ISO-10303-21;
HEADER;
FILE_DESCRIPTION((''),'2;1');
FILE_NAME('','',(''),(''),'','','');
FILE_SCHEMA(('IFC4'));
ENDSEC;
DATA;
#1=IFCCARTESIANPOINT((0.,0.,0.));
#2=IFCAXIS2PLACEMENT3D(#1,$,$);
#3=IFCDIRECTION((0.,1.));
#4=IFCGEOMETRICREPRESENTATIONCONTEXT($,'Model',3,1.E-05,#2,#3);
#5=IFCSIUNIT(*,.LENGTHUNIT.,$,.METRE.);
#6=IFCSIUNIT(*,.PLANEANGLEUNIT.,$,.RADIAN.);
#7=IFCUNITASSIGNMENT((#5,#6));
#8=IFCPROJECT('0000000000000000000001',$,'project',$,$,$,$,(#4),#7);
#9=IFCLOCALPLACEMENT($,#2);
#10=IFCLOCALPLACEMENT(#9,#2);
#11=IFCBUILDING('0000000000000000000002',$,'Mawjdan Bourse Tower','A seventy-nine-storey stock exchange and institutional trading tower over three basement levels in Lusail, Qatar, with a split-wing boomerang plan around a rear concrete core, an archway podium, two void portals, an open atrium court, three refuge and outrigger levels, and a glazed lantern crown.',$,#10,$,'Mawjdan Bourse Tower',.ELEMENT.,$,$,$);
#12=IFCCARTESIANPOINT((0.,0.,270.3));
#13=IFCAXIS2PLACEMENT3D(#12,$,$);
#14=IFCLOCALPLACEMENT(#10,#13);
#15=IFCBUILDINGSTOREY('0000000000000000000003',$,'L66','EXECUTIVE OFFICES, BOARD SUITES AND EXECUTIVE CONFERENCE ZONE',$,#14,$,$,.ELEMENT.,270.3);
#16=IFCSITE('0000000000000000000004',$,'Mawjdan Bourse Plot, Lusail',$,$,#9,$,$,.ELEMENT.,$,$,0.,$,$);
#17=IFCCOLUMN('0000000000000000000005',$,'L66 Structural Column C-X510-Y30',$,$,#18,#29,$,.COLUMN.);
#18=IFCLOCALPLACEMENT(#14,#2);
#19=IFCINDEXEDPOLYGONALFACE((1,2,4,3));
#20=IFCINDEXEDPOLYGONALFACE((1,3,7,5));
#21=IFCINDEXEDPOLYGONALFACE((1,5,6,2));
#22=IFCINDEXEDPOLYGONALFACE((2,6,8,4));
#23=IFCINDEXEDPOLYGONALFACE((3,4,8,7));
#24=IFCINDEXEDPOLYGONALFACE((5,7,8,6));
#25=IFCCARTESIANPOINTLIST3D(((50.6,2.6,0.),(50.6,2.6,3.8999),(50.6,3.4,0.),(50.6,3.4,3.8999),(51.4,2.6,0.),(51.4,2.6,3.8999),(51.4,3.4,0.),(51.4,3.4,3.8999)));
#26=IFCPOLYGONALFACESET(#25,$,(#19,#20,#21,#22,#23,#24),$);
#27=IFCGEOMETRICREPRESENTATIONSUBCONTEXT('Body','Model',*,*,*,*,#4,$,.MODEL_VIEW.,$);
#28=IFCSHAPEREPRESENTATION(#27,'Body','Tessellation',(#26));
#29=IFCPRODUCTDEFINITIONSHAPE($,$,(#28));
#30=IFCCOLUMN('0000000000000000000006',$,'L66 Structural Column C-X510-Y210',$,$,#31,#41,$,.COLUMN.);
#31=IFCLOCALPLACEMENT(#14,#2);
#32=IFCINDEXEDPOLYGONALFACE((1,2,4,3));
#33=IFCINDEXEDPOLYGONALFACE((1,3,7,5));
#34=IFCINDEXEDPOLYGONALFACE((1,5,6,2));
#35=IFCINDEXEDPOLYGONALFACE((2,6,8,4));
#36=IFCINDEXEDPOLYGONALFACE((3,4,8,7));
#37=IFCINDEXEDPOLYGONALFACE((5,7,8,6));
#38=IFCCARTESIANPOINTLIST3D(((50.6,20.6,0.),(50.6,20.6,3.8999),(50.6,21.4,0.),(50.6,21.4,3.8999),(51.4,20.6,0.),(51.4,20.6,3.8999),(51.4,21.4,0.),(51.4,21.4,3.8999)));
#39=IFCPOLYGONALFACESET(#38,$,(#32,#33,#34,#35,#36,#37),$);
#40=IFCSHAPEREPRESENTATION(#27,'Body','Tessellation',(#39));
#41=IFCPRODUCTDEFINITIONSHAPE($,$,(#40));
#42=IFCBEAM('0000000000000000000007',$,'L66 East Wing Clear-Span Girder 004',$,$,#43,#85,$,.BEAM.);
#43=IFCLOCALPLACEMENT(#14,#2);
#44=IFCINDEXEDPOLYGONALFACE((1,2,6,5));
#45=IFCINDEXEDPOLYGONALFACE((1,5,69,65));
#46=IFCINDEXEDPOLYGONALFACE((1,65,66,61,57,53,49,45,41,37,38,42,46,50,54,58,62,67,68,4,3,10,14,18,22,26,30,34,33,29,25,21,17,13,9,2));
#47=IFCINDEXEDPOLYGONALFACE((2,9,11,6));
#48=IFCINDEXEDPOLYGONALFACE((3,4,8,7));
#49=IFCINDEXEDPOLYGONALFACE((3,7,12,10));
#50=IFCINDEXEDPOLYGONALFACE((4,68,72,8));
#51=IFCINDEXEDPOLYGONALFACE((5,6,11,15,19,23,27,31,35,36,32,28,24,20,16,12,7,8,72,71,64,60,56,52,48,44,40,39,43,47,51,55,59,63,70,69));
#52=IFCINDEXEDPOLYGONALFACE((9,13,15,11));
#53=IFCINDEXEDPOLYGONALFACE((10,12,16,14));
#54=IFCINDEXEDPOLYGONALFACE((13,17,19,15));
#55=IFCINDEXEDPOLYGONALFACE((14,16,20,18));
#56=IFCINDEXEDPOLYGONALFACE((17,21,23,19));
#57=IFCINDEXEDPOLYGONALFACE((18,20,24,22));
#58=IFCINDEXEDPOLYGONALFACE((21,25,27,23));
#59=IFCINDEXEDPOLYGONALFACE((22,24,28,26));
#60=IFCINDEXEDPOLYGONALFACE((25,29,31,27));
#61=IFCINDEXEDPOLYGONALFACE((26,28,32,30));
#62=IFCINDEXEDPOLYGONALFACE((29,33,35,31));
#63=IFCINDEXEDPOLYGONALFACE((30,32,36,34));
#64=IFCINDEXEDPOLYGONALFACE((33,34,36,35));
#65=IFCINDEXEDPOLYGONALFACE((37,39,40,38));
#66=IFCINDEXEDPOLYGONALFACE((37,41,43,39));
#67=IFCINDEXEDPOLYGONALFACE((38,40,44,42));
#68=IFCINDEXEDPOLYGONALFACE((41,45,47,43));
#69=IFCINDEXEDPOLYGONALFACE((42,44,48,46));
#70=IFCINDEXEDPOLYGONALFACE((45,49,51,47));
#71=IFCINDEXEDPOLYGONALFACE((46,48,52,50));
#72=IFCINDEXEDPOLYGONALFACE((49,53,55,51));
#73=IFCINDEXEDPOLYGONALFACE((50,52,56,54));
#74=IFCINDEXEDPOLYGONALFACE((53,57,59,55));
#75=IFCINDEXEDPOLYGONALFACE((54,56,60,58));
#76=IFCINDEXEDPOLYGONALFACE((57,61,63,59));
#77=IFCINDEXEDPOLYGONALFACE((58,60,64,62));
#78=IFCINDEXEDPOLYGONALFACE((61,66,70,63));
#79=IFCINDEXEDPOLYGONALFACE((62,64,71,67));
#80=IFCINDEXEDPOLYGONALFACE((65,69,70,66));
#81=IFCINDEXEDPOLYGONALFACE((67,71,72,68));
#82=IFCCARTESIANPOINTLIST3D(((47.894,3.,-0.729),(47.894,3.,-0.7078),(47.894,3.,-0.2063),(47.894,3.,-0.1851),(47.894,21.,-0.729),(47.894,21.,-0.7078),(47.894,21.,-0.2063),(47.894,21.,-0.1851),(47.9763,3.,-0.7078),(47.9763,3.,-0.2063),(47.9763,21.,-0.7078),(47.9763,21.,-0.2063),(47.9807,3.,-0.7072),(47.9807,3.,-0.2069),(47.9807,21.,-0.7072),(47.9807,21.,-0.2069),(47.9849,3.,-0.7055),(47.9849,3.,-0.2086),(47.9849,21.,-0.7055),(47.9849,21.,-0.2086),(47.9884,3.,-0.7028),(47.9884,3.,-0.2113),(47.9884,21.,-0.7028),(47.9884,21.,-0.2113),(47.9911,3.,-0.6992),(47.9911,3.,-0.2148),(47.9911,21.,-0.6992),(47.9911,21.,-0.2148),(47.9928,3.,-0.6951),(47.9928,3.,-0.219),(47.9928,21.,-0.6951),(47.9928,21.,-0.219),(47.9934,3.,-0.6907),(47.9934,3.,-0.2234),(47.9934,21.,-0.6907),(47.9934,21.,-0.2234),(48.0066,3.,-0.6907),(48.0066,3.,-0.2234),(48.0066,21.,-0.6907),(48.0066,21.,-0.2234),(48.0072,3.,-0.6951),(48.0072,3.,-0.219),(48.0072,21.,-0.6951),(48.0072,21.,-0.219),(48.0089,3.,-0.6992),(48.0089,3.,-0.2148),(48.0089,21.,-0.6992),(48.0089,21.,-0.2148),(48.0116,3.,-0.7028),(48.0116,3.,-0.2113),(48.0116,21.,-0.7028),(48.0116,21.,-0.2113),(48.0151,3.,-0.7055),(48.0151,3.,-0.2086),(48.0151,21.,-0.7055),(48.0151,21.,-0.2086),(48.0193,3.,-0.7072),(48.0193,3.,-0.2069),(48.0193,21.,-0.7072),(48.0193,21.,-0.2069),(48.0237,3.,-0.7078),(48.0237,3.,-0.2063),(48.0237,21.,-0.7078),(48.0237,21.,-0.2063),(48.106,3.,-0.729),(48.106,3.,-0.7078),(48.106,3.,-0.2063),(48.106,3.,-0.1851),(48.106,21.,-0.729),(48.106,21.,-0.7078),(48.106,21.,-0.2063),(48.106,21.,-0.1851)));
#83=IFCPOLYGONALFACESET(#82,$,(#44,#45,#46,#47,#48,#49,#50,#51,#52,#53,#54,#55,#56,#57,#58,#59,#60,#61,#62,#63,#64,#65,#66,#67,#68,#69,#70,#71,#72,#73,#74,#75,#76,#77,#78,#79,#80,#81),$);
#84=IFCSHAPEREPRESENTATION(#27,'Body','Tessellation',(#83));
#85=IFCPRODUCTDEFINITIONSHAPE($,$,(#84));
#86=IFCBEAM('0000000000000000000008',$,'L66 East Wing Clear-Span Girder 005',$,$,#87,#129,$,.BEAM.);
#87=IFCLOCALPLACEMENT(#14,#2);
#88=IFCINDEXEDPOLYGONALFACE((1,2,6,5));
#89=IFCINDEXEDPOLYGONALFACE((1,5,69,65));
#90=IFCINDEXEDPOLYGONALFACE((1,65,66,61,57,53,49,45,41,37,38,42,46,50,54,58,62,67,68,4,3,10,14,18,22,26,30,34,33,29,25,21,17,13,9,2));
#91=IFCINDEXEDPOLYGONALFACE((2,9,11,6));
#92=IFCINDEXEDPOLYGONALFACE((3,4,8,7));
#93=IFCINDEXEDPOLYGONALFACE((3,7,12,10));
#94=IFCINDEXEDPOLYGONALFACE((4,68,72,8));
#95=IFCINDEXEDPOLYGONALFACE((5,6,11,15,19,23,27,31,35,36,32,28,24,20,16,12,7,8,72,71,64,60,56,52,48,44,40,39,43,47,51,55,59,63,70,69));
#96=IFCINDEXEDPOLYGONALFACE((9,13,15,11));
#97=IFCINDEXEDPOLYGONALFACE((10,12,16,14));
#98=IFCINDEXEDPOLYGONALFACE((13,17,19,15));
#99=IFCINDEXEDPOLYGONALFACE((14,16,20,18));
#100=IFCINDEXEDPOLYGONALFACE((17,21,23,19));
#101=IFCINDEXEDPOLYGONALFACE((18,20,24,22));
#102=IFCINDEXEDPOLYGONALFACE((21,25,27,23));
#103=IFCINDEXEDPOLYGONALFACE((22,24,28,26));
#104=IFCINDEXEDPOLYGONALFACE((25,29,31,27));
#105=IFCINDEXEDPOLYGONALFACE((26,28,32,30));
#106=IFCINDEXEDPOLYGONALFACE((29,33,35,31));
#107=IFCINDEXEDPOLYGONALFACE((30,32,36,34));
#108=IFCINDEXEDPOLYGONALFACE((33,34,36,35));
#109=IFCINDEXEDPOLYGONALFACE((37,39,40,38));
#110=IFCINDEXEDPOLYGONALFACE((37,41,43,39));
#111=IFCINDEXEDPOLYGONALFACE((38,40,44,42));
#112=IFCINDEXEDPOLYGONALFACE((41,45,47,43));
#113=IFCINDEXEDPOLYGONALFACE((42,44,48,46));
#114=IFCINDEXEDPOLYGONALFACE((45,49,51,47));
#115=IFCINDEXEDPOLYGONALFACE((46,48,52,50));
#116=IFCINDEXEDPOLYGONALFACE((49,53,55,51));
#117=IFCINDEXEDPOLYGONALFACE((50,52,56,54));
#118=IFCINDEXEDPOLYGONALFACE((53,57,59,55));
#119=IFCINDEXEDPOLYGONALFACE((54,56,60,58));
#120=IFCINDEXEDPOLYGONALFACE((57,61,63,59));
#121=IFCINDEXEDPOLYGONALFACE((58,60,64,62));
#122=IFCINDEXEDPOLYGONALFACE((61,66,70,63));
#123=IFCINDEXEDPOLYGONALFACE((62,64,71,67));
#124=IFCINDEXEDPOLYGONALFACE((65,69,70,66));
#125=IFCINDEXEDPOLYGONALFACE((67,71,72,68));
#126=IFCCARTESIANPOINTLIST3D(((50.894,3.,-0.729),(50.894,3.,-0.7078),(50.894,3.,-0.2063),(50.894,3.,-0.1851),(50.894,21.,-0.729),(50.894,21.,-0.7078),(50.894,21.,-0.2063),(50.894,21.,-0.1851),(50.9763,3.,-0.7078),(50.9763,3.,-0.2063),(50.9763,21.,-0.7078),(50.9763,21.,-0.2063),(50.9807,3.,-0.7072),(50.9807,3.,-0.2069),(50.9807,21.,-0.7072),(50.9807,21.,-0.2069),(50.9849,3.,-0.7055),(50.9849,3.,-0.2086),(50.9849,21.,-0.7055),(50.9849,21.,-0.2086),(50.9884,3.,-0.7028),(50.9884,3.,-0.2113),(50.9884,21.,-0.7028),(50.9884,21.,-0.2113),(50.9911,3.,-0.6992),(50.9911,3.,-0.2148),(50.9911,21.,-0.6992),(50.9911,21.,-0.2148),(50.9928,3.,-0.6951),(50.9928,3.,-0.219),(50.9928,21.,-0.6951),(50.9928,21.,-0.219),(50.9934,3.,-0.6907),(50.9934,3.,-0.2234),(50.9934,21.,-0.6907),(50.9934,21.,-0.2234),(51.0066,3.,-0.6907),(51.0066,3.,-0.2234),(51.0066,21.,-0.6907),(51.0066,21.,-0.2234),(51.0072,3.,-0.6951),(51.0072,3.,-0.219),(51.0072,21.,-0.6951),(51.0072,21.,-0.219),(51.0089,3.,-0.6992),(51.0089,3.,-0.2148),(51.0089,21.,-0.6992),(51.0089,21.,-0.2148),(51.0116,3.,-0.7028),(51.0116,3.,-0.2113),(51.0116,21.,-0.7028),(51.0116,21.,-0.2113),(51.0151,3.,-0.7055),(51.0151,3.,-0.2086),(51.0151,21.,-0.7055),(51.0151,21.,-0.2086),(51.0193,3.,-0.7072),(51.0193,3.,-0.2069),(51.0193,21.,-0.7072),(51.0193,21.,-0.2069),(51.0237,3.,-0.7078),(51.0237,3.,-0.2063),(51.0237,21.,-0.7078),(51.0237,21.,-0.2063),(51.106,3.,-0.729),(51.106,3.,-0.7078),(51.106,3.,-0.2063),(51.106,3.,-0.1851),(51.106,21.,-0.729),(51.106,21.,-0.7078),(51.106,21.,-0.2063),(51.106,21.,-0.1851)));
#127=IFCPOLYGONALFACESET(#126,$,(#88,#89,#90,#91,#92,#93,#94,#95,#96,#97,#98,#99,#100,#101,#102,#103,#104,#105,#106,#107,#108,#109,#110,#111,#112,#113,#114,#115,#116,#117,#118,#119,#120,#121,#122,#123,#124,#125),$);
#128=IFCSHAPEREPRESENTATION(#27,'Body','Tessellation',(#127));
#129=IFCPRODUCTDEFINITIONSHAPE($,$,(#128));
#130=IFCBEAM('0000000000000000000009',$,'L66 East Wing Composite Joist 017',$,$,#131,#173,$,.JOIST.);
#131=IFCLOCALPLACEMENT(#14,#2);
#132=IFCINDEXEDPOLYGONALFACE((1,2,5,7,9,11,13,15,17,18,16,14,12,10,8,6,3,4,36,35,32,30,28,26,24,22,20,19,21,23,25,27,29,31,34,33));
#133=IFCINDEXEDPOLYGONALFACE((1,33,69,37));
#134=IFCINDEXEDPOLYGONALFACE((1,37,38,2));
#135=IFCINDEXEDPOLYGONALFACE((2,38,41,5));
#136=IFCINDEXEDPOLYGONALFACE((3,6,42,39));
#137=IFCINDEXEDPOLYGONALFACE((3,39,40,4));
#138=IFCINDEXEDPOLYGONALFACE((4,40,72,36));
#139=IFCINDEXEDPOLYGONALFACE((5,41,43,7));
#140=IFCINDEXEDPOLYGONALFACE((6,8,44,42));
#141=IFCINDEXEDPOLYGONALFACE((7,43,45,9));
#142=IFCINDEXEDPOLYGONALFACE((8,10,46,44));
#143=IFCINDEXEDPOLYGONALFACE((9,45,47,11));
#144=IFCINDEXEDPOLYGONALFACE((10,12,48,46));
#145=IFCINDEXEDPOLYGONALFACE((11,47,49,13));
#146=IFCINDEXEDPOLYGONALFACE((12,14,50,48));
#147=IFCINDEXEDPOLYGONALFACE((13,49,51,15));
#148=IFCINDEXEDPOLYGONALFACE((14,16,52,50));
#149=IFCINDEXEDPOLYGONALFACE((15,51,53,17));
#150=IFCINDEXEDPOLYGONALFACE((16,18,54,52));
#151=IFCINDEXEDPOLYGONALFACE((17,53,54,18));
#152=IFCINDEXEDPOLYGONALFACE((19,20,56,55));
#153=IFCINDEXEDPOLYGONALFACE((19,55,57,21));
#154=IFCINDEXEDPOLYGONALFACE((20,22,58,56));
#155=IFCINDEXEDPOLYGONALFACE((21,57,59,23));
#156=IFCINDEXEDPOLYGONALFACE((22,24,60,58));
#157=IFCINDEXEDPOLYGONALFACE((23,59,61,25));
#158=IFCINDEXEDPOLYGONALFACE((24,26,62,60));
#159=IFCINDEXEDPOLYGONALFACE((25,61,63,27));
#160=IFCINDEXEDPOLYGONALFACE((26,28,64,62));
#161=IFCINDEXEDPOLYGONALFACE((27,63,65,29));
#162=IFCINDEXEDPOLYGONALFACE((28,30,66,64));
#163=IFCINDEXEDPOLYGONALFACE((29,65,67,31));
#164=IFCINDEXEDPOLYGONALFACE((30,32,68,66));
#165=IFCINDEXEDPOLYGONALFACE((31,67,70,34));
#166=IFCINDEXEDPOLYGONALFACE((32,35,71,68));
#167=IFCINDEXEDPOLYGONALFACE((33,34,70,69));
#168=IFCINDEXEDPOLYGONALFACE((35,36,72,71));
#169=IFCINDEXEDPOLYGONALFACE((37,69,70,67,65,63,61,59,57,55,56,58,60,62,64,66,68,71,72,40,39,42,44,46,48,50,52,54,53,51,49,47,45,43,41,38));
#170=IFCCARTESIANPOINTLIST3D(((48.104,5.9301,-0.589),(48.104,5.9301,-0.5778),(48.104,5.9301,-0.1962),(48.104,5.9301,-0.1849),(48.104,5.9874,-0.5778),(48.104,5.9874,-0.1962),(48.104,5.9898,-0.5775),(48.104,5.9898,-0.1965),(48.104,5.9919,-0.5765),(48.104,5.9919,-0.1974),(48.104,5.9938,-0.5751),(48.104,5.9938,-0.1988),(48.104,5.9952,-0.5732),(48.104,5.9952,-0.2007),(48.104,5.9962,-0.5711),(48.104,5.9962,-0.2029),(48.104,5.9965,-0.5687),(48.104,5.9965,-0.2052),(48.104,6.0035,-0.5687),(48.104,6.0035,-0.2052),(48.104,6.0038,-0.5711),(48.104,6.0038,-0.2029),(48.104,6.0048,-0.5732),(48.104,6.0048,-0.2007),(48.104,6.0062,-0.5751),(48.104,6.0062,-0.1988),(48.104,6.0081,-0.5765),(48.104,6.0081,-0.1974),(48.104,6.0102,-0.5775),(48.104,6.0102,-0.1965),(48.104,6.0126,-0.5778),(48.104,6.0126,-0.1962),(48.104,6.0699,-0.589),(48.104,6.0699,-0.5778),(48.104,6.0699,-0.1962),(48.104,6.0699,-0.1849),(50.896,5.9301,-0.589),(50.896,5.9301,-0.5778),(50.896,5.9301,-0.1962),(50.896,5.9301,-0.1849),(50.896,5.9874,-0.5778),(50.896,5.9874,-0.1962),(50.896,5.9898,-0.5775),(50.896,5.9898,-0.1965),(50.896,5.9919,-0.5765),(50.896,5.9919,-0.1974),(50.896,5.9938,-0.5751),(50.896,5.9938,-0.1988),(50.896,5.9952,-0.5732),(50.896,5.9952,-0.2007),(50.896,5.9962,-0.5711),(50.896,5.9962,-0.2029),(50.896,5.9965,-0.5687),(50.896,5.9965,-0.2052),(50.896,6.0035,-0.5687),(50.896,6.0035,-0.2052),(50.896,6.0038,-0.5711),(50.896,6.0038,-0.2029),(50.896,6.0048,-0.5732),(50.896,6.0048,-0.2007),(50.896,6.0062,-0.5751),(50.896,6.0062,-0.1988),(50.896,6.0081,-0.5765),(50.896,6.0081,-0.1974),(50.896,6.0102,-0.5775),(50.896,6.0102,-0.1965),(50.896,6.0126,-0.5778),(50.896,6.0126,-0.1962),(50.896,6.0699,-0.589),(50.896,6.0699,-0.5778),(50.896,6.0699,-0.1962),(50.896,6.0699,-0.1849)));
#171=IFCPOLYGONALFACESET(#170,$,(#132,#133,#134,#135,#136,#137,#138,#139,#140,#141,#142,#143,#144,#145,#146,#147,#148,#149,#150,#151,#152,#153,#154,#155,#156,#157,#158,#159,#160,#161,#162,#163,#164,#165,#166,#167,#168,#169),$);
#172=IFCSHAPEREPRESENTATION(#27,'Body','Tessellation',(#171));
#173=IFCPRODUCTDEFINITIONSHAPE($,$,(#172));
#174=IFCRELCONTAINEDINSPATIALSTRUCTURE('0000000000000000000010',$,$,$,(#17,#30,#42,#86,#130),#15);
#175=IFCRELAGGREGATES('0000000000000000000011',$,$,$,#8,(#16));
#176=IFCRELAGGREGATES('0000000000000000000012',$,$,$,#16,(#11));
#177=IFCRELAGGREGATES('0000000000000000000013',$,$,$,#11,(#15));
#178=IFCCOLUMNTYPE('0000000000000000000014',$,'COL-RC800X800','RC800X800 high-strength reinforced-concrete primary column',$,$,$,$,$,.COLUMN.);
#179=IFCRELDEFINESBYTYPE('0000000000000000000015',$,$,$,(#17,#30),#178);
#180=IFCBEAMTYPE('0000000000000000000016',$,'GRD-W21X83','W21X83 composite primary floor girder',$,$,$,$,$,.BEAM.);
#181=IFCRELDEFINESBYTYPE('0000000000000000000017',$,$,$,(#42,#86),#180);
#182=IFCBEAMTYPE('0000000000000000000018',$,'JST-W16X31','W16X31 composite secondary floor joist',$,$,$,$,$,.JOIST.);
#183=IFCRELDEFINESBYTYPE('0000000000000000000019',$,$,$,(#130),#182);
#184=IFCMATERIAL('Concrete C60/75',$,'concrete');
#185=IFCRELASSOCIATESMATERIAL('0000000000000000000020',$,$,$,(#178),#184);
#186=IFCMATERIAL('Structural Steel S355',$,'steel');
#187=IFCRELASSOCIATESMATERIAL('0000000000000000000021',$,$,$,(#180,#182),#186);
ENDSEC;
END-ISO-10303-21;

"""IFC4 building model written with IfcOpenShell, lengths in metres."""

from ifc_helpers import new_model, si_unit, direction, frame, origin, origin_2d, place, context, subcontext, project, spatial, rectangle, i_section, extrude, material, material_profile, profile_set, type_object, element, save


model = new_model("IFC4")

# Units and contexts
model_context = context("Model", 3, precision=1e-05, world=origin(), true_north=direction((0.0, 1.0)))
body_context = subcontext(model_context, "Body", "Model", "MODEL_VIEW")
ifc_project = project(units=[si_unit("LENGTHUNIT", "METRE"), si_unit("PLANEANGLEUNIT", "RADIAN")], contexts=[model_context])

# Site, building, storey
site_placement = place(None, origin())
site = spatial("IfcSite", under=ifc_project, at=site_placement, Name="Mawjdan Bourse Plot, Lusail", CompositionType="ELEMENT", RefElevation=0.0)
building_placement = place(site_placement, origin())
building = spatial("IfcBuilding", under=site, at=building_placement, Name="Mawjdan Bourse Tower", Description="A seventy-nine-storey stock exchange and institutional trading tower over three basement levels in Lusail, Qatar, with a split-wing boomerang plan around a rear concrete core, an archway podium, two void portals, an open atrium court, three refuge and outrigger levels, and a glazed lantern crown.", LongName="Mawjdan Bourse Tower", CompositionType="ELEMENT")
storey_placement = place(building_placement, frame((0.0, 0.0, 270.3)))
storey = spatial("IfcBuildingStorey", under=building, at=storey_placement, Name="L66", Description="EXECUTIVE OFFICES, BOARD SUITES AND EXECUTIVE CONFERENCE ZONE", CompositionType="ELEMENT", Elevation=270.3)

# Columns
ifc_material_1 = material(Name="Concrete C60/75", Category="concrete")
ifc_material_profile_1 = material_profile(ifc_material_1, rectangle(XDim=0.8, YDim=0.8, at=origin_2d()), Name="RC800X800")
ifc_profile_set_1 = profile_set([ifc_material_profile_1], Name="Concrete C60/75")
column_type = type_object("IfcColumnType", Name="COL-RC800X800", Description="RC800X800 high-strength reinforced-concrete primary column", PredefinedType="COLUMN", material=ifc_profile_set_1)
for number, where, z_axis, x_axis, name in (
    (1, (51.0, 3.0, 0.0), (0.0, 0.0, 1.0), (1.0, 0.0, 0.0), "L66 Structural Column C-X510-Y30"),
    (2, (51.0, 21.0, 0.0), (0.0, 0.0, 1.0), (1.0, 0.0, 0.0), "L66 Structural Column C-X510-Y210"),
):
    element("IfcColumn", number, at=place(storey_placement, frame(where, z_axis=z_axis, x_axis=x_axis)), inside=storey, type_object=column_type, Name=name, PredefinedType="COLUMN", context=body_context, shape_type="SweptSolid", body=[
        extrude(rectangle(XDim=0.8, YDim=0.8, at=origin_2d()), origin(), (0.0, 0.0, 1.0), 3.8999),
    ])

# Beams
ifc_material_2 = material(Name="Structural Steel S355", Category="steel")
ifc_material_profile_2 = material_profile(ifc_material_2, i_section(OverallWidth=0.2119, OverallDepth=0.5439, WebThickness=0.0132, FlangeThickness=0.0212, FilletRadius=0.0171, at=origin_2d()), Name="W21X83")
ifc_profile_set_2 = profile_set([ifc_material_profile_2], Name="Structural Steel S355")
beam_type_1 = type_object("IfcBeamType", Name="GRD-W21X83", Description="W21X83 composite primary floor girder", PredefinedType="BEAM", material=ifc_profile_set_2)
for number, where, z_axis, x_axis, name in (
    (3, (48.0, 3.0, -0.457), (0.0, 1.0, 0.0), (-1.0, 0.0, 0.0), "L66 East Wing Clear-Span Girder 004"),
    (4, (51.0, 3.0, -0.457), (0.0, 1.0, 0.0), (-1.0, 0.0, 0.0), "L66 East Wing Clear-Span Girder 005"),
):
    element("IfcBeam", number, at=place(storey_placement, frame(where, z_axis=z_axis, x_axis=x_axis)), inside=storey, type_object=beam_type_1, Name=name, PredefinedType="BEAM", context=body_context, shape_type="SweptSolid", body=[
        extrude(i_section(OverallWidth=0.2119, OverallDepth=0.5439, WebThickness=0.0132, FlangeThickness=0.0212, FilletRadius=0.0171, at=origin_2d()), origin(), (0.0, 0.0, 1.0), 18.0),
    ])
ifc_material_profile_3 = material_profile(ifc_material_2, i_section(OverallWidth=0.1399, OverallDepth=0.4041, WebThickness=0.0071, FlangeThickness=0.0112, FilletRadius=0.009, at=origin_2d()), Name="W16X31")
ifc_profile_set_3 = profile_set([ifc_material_profile_3], Name="Structural Steel S355")
beam_type_2 = type_object("IfcBeamType", Name="JST-W16X31", Description="W16X31 composite secondary floor joist", PredefinedType="JOIST", material=ifc_profile_set_3)
for number, where, z_axis, x_axis, name in (
    (5, (48.104, 6.0, -0.387), (1.0, 0.0, 0.0), (0.0, 1.0, 0.0), "L66 East Wing Composite Joist 017"),
):
    element("IfcBeam", number, at=place(storey_placement, frame(where, z_axis=z_axis, x_axis=x_axis)), inside=storey, type_object=beam_type_2, Name=name, PredefinedType="JOIST", context=body_context, shape_type="SweptSolid", body=[
        extrude(i_section(OverallWidth=0.1399, OverallDepth=0.4041, WebThickness=0.0071, FlangeThickness=0.0112, FilletRadius=0.009, at=origin_2d()), origin(), (0.0, 0.0, 1.0), 2.792),
    ])

save(model, "model.ifc")
